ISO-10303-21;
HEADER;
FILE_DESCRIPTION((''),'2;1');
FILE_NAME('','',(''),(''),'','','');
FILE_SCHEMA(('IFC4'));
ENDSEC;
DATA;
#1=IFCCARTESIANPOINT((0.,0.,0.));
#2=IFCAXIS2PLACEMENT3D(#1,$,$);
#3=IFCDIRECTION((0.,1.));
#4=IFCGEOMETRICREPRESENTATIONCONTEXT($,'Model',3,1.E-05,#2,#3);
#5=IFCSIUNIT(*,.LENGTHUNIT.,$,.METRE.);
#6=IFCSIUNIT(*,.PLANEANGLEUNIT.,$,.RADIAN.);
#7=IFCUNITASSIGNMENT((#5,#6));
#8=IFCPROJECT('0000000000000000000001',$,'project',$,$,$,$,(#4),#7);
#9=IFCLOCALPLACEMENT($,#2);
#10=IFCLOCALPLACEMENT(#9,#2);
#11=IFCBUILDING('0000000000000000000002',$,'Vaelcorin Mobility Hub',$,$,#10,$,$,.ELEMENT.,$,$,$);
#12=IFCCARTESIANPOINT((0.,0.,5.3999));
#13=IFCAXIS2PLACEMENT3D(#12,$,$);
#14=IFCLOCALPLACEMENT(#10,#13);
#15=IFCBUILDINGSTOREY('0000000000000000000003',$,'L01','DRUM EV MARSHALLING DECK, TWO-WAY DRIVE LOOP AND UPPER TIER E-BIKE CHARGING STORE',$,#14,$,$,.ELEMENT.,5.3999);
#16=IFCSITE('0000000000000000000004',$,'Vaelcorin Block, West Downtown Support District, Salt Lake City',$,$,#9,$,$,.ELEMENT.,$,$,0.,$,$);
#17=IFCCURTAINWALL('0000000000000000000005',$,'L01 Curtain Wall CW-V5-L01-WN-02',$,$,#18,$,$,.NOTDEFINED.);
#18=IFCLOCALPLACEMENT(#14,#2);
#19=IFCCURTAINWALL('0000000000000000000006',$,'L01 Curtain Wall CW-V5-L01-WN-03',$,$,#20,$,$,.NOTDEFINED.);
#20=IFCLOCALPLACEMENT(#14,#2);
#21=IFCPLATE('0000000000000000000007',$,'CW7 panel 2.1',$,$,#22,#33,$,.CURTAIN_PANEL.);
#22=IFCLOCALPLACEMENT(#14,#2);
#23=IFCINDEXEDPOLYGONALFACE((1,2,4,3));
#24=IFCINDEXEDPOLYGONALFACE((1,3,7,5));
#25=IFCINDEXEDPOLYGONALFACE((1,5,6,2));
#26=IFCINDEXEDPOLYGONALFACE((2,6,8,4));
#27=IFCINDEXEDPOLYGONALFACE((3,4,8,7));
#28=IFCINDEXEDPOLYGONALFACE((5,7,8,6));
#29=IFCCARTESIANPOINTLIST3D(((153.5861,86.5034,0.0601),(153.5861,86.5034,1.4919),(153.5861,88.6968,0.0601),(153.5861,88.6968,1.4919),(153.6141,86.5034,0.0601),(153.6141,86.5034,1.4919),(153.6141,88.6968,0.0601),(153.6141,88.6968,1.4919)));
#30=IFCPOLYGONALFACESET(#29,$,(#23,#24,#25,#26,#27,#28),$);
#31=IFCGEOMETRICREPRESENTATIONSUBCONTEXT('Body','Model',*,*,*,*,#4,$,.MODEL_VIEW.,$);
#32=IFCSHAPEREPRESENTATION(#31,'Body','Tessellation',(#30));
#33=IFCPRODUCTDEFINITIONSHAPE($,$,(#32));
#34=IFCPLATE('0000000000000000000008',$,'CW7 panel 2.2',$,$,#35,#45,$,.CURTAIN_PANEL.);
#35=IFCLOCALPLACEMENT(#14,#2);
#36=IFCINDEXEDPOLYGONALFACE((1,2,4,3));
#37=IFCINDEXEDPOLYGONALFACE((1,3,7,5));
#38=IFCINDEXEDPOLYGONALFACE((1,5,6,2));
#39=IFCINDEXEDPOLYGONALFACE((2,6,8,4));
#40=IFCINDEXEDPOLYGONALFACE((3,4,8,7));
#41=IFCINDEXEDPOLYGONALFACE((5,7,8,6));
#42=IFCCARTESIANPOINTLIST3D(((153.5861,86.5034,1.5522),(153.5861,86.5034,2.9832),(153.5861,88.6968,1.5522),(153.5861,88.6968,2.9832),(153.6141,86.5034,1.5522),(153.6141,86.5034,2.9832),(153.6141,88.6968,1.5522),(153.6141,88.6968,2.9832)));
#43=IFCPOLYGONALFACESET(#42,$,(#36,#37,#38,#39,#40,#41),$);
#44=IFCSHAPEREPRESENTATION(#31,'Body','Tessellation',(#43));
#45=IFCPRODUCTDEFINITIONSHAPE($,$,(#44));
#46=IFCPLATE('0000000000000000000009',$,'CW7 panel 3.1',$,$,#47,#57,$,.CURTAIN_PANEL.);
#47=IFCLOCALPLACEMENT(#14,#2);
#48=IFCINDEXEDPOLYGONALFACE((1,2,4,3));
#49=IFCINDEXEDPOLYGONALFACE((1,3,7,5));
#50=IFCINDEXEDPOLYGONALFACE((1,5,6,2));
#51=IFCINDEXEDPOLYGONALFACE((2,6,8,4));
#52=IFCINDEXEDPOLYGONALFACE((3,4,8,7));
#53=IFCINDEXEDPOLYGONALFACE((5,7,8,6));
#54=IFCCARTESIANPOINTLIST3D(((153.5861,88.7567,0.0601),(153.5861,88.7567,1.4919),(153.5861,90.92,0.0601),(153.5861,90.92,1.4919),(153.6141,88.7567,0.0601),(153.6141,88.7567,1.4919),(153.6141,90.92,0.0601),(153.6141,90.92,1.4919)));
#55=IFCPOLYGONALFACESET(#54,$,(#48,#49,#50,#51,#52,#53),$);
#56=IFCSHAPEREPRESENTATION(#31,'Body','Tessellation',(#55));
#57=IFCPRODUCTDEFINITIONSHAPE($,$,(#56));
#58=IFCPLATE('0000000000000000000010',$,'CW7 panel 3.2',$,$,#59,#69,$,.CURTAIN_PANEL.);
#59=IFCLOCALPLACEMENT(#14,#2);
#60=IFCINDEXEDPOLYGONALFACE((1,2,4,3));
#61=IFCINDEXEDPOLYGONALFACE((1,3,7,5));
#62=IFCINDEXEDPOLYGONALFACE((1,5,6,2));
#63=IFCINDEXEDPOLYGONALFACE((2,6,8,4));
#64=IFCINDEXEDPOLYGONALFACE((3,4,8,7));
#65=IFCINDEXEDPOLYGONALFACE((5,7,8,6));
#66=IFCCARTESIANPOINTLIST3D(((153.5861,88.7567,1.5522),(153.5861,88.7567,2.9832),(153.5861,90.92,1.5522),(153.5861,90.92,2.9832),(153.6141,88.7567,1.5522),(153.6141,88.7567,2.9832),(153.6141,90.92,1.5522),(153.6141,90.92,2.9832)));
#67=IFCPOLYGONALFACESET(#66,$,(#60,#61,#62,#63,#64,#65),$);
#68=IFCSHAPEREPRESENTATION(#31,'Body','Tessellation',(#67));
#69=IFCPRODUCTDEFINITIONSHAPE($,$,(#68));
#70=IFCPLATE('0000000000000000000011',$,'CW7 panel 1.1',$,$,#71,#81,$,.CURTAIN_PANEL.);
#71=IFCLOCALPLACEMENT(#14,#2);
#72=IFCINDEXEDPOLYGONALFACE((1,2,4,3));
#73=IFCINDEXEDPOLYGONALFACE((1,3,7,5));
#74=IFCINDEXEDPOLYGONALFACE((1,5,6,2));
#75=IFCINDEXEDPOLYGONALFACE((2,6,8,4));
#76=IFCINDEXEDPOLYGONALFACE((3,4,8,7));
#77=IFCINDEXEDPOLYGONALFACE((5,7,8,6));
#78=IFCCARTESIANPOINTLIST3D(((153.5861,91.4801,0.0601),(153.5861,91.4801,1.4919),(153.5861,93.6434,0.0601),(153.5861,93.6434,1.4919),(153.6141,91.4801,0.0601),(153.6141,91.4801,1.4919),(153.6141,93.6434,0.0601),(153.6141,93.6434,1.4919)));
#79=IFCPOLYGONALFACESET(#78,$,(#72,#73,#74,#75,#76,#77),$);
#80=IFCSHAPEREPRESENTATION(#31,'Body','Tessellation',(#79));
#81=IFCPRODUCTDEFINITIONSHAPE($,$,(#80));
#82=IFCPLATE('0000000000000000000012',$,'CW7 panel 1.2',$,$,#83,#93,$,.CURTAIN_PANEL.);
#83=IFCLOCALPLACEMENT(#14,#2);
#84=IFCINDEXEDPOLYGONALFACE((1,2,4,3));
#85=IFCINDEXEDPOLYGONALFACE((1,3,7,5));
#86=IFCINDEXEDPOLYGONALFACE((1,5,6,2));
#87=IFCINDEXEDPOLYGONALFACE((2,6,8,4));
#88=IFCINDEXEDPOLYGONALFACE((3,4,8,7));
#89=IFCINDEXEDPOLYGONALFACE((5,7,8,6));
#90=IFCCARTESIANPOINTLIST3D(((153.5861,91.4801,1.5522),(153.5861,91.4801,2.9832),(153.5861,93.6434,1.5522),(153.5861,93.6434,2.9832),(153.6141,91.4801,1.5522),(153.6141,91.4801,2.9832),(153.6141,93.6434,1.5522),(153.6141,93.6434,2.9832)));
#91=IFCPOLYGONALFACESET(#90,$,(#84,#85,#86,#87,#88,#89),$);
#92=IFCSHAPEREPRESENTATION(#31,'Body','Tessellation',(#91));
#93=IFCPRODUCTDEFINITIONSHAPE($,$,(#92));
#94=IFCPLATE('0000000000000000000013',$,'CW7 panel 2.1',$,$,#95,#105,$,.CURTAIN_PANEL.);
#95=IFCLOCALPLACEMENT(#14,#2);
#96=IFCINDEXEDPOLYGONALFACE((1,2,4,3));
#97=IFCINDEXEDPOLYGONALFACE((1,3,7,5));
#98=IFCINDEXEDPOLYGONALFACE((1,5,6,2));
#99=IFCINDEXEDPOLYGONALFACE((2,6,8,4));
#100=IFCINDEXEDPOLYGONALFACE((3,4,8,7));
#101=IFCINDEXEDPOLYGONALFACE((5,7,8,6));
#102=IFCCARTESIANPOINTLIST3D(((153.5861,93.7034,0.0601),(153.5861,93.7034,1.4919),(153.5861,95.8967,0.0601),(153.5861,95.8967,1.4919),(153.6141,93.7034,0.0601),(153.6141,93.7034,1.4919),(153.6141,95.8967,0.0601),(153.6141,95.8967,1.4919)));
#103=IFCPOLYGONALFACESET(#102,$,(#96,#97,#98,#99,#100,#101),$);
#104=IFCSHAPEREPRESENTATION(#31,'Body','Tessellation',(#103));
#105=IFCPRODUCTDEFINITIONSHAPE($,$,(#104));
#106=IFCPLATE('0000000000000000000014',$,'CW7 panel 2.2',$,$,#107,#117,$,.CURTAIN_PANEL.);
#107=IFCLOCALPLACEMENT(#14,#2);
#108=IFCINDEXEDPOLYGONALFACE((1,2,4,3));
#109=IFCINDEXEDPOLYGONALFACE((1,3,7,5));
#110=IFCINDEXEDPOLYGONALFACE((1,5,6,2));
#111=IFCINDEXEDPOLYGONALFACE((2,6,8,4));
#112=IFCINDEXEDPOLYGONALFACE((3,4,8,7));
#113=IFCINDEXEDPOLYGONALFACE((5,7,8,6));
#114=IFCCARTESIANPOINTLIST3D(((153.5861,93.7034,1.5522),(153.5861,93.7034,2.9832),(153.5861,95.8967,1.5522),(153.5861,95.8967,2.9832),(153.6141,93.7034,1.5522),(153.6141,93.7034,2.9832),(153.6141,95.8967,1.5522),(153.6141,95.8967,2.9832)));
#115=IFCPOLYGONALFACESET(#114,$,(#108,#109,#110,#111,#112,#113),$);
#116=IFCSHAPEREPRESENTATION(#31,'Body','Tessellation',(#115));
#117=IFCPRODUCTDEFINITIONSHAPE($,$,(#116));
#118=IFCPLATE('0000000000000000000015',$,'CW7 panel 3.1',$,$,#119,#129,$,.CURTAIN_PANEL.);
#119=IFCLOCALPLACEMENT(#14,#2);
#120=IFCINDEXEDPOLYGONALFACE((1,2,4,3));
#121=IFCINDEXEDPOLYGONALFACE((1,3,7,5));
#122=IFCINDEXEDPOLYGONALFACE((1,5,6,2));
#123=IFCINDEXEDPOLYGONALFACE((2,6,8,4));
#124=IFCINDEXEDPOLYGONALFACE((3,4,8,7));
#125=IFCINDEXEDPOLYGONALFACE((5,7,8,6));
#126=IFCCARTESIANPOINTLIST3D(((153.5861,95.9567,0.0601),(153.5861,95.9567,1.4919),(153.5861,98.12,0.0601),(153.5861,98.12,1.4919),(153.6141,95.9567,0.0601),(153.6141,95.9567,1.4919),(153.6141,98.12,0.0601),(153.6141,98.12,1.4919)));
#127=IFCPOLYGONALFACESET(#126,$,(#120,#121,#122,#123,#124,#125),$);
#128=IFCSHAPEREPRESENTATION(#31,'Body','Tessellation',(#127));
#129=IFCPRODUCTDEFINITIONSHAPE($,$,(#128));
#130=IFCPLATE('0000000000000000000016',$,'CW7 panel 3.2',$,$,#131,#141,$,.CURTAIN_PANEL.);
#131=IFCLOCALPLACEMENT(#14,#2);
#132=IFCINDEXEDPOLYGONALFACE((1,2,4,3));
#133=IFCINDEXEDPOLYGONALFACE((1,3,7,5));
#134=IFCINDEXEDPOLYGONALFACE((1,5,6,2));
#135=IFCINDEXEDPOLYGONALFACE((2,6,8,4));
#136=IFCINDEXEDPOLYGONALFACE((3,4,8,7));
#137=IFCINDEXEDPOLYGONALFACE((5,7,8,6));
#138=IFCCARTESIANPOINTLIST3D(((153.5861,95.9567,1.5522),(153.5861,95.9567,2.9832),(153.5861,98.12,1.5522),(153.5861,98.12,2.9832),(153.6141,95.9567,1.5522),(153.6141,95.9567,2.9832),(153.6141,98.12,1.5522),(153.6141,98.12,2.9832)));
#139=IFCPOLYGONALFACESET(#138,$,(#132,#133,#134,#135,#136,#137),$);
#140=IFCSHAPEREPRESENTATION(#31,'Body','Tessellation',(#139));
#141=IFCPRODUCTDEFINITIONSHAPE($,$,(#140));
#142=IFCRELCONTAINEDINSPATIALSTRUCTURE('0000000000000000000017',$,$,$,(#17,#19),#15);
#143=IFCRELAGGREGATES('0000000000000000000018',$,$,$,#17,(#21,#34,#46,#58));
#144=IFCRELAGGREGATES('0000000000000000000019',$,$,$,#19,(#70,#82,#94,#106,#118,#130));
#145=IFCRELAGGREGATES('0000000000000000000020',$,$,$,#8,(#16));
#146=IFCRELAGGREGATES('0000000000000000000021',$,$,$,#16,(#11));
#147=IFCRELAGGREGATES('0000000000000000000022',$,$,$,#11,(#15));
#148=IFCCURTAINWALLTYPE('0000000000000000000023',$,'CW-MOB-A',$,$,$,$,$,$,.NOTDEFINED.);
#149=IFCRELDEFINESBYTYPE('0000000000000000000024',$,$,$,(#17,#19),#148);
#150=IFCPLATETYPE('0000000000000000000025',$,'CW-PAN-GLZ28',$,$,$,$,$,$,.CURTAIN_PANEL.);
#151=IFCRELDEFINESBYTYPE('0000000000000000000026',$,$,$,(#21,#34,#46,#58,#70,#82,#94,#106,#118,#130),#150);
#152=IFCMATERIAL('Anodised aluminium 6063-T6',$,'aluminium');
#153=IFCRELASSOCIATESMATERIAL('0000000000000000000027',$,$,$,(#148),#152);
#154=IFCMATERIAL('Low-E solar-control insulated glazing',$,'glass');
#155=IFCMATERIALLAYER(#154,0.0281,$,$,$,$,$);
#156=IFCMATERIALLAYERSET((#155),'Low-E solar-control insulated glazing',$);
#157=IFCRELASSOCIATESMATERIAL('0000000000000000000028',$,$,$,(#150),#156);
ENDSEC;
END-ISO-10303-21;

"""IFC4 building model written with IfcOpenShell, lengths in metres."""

from ifc_helpers import new_model, si_unit, direction, frame, origin, origin_2d, place, context, subcontext, project, spatial, rectangle, extrude, material, layer, layer_set, type_object, element, aggregate, save


model = new_model("IFC4")

# Units and contexts
model_context = context("Model", 3, precision=1e-05, world=origin(), true_north=direction((0.0, 1.0)))
body_context = subcontext(model_context, "Body", "Model", "MODEL_VIEW")
ifc_project = project(units=[si_unit("LENGTHUNIT", "METRE"), si_unit("PLANEANGLEUNIT", "RADIAN")], contexts=[model_context])

# Site, building, storey
site_placement = place(None, origin())
site = spatial("IfcSite", under=ifc_project, at=site_placement, Name="Vaelcorin Block, West Downtown Support District, Salt Lake City", CompositionType="ELEMENT", RefElevation=0.0)
building_placement = place(site_placement, origin())
building = spatial("IfcBuilding", under=site, at=building_placement, Name="Vaelcorin Mobility Hub", CompositionType="ELEMENT")
storey_placement = place(building_placement, frame((0.0, 0.0, 5.3999)))
storey = spatial("IfcBuildingStorey", under=building, at=storey_placement, Name="L01", Description="DRUM EV MARSHALLING DECK, TWO-WAY DRIVE LOOP AND UPPER TIER E-BIKE CHARGING STORE", CompositionType="ELEMENT", Elevation=5.3999)

# Curtain walls
ifc_material_1 = material(Name="Anodised aluminium 6063-T6", Category="aluminium")
curtain_wall_type = type_object("IfcCurtainWallType", Name="CW-MOB-A", PredefinedType="NOTDEFINED", material=ifc_material_1)
curtain_wall_1_placement = place(storey_placement, origin())
curtain_wall_1 = element("IfcCurtainWall", 1, at=curtain_wall_1_placement, inside=storey, type_object=curtain_wall_type, Name="L01 Curtain Wall CW-V5-L01-WN-02", PredefinedType="NOTDEFINED")
curtain_wall_2_placement = place(storey_placement, origin())
curtain_wall_2 = element("IfcCurtainWall", 2, at=curtain_wall_2_placement, inside=storey, type_object=curtain_wall_type, Name="L01 Curtain Wall CW-V5-L01-WN-03", PredefinedType="NOTDEFINED")

# Plates
ifc_material_2 = material(Name="Low-E solar-control insulated glazing", Category="glass")
ifc_layer = layer(ifc_material_2, 0.0281)
ifc_layer_set = layer_set([ifc_layer], Name="Low-E solar-control insulated glazing")
plate_type = type_object("IfcPlateType", Name="CW-PAN-GLZ28", PredefinedType="CURTAIN_PANEL", material=ifc_layer_set)
plate_1_placement = place(storey_placement, frame((153.6001, 87.6001, 0.0601), z_axis=(0.0, 0.0, 1.0), x_axis=(0.0, 1.0, 0.0)))
plate_1 = element("IfcPlate", 3, at=plate_1_placement, type_object=plate_type, Name="CW7 panel 2.1", PredefinedType="CURTAIN_PANEL", context=body_context, shape_type="SweptSolid", body=[
    extrude(rectangle(XDim=2.1934, YDim=0.0281, at=origin_2d()), origin(), (0.0, 0.0, 1.0), 1.4319),
])
plate_2_placement = place(storey_placement, frame((153.6001, 87.6001, 1.5522), z_axis=(0.0, 0.0, 1.0), x_axis=(0.0, 1.0, 0.0)))
plate_2 = element("IfcPlate", 4, at=plate_2_placement, type_object=plate_type, Name="CW7 panel 2.2", PredefinedType="CURTAIN_PANEL", context=body_context, shape_type="SweptSolid", body=[
    extrude(rectangle(XDim=2.1934, YDim=0.0281, at=origin_2d()), origin(), (0.0, 0.0, 1.0), 1.4309),
])
plate_3_placement = place(storey_placement, frame((153.6001, 89.8384, 0.0601), z_axis=(0.0, 0.0, 1.0), x_axis=(0.0, 1.0, 0.0)))
plate_3 = element("IfcPlate", 5, at=plate_3_placement, type_object=plate_type, Name="CW7 panel 3.1", PredefinedType="CURTAIN_PANEL", context=body_context, shape_type="SweptSolid", body=[
    extrude(rectangle(XDim=2.1633, YDim=0.0281, at=origin_2d()), origin(), (0.0, 0.0, 1.0), 1.4319),
])
plate_4_placement = place(storey_placement, frame((153.6001, 89.8384, 1.5522), z_axis=(0.0, 0.0, 1.0), x_axis=(0.0, 1.0, 0.0)))
plate_4 = element("IfcPlate", 6, at=plate_4_placement, type_object=plate_type, Name="CW7 panel 3.2", PredefinedType="CURTAIN_PANEL", context=body_context, shape_type="SweptSolid", body=[
    extrude(rectangle(XDim=2.1633, YDim=0.0281, at=origin_2d()), origin(), (0.0, 0.0, 1.0), 1.4309),
])
aggregate(curtain_wall_1, [plate_1, plate_2, plate_3, plate_4])
plate_5_placement = place(storey_placement, frame((153.6001, 92.5618, 0.0601), z_axis=(0.0, 0.0, 1.0), x_axis=(0.0, 1.0, 0.0)))
plate_5 = element("IfcPlate", 7, at=plate_5_placement, type_object=plate_type, Name="CW7 panel 1.1", PredefinedType="CURTAIN_PANEL", context=body_context, shape_type="SweptSolid", body=[
    extrude(rectangle(XDim=2.1633, YDim=0.0281, at=origin_2d()), origin(), (0.0, 0.0, 1.0), 1.4319),
])
plate_6_placement = place(storey_placement, frame((153.6001, 92.5618, 1.5522), z_axis=(0.0, 0.0, 1.0), x_axis=(0.0, 1.0, 0.0)))
plate_6 = element("IfcPlate", 8, at=plate_6_placement, type_object=plate_type, Name="CW7 panel 1.2", PredefinedType="CURTAIN_PANEL", context=body_context, shape_type="SweptSolid", body=[
    extrude(rectangle(XDim=2.1633, YDim=0.0281, at=origin_2d()), origin(), (0.0, 0.0, 1.0), 1.4309),
])
plate_7_placement = place(storey_placement, frame((153.6001, 94.8, 0.0601), z_axis=(0.0, 0.0, 1.0), x_axis=(0.0, 1.0, 0.0)))
plate_7 = element("IfcPlate", 9, at=plate_7_placement, type_object=plate_type, Name="CW7 panel 2.1", PredefinedType="CURTAIN_PANEL", context=body_context, shape_type="SweptSolid", body=[
    extrude(rectangle(XDim=2.1934, YDim=0.0281, at=origin_2d()), origin(), (0.0, 0.0, 1.0), 1.4319),
])
plate_8_placement = place(storey_placement, frame((153.6001, 94.8, 1.5522), z_axis=(0.0, 0.0, 1.0), x_axis=(0.0, 1.0, 0.0)))
plate_8 = element("IfcPlate", 10, at=plate_8_placement, type_object=plate_type, Name="CW7 panel 2.2", PredefinedType="CURTAIN_PANEL", context=body_context, shape_type="SweptSolid", body=[
    extrude(rectangle(XDim=2.1934, YDim=0.0281, at=origin_2d()), origin(), (0.0, 0.0, 1.0), 1.4309),
])
plate_9_placement = place(storey_placement, frame((153.6001, 97.0383, 0.0601), z_axis=(0.0, 0.0, 1.0), x_axis=(0.0, 1.0, 0.0)))
plate_9 = element("IfcPlate", 11, at=plate_9_placement, type_object=plate_type, Name="CW7 panel 3.1", PredefinedType="CURTAIN_PANEL", context=body_context, shape_type="SweptSolid", body=[
    extrude(rectangle(XDim=2.1633, YDim=0.0281, at=origin_2d()), origin(), (0.0, 0.0, 1.0), 1.4319),
])
plate_10_placement = place(storey_placement, frame((153.6001, 97.0383, 1.5522), z_axis=(0.0, 0.0, 1.0), x_axis=(0.0, 1.0, 0.0)))
plate_10 = element("IfcPlate", 12, at=plate_10_placement, type_object=plate_type, Name="CW7 panel 3.2", PredefinedType="CURTAIN_PANEL", context=body_context, shape_type="SweptSolid", body=[
    extrude(rectangle(XDim=2.1633, YDim=0.0281, at=origin_2d()), origin(), (0.0, 0.0, 1.0), 1.4309),
])
aggregate(curtain_wall_2, [plate_5, plate_6, plate_7, plate_8, plate_9, plate_10])

save(model, "model.ifc")
